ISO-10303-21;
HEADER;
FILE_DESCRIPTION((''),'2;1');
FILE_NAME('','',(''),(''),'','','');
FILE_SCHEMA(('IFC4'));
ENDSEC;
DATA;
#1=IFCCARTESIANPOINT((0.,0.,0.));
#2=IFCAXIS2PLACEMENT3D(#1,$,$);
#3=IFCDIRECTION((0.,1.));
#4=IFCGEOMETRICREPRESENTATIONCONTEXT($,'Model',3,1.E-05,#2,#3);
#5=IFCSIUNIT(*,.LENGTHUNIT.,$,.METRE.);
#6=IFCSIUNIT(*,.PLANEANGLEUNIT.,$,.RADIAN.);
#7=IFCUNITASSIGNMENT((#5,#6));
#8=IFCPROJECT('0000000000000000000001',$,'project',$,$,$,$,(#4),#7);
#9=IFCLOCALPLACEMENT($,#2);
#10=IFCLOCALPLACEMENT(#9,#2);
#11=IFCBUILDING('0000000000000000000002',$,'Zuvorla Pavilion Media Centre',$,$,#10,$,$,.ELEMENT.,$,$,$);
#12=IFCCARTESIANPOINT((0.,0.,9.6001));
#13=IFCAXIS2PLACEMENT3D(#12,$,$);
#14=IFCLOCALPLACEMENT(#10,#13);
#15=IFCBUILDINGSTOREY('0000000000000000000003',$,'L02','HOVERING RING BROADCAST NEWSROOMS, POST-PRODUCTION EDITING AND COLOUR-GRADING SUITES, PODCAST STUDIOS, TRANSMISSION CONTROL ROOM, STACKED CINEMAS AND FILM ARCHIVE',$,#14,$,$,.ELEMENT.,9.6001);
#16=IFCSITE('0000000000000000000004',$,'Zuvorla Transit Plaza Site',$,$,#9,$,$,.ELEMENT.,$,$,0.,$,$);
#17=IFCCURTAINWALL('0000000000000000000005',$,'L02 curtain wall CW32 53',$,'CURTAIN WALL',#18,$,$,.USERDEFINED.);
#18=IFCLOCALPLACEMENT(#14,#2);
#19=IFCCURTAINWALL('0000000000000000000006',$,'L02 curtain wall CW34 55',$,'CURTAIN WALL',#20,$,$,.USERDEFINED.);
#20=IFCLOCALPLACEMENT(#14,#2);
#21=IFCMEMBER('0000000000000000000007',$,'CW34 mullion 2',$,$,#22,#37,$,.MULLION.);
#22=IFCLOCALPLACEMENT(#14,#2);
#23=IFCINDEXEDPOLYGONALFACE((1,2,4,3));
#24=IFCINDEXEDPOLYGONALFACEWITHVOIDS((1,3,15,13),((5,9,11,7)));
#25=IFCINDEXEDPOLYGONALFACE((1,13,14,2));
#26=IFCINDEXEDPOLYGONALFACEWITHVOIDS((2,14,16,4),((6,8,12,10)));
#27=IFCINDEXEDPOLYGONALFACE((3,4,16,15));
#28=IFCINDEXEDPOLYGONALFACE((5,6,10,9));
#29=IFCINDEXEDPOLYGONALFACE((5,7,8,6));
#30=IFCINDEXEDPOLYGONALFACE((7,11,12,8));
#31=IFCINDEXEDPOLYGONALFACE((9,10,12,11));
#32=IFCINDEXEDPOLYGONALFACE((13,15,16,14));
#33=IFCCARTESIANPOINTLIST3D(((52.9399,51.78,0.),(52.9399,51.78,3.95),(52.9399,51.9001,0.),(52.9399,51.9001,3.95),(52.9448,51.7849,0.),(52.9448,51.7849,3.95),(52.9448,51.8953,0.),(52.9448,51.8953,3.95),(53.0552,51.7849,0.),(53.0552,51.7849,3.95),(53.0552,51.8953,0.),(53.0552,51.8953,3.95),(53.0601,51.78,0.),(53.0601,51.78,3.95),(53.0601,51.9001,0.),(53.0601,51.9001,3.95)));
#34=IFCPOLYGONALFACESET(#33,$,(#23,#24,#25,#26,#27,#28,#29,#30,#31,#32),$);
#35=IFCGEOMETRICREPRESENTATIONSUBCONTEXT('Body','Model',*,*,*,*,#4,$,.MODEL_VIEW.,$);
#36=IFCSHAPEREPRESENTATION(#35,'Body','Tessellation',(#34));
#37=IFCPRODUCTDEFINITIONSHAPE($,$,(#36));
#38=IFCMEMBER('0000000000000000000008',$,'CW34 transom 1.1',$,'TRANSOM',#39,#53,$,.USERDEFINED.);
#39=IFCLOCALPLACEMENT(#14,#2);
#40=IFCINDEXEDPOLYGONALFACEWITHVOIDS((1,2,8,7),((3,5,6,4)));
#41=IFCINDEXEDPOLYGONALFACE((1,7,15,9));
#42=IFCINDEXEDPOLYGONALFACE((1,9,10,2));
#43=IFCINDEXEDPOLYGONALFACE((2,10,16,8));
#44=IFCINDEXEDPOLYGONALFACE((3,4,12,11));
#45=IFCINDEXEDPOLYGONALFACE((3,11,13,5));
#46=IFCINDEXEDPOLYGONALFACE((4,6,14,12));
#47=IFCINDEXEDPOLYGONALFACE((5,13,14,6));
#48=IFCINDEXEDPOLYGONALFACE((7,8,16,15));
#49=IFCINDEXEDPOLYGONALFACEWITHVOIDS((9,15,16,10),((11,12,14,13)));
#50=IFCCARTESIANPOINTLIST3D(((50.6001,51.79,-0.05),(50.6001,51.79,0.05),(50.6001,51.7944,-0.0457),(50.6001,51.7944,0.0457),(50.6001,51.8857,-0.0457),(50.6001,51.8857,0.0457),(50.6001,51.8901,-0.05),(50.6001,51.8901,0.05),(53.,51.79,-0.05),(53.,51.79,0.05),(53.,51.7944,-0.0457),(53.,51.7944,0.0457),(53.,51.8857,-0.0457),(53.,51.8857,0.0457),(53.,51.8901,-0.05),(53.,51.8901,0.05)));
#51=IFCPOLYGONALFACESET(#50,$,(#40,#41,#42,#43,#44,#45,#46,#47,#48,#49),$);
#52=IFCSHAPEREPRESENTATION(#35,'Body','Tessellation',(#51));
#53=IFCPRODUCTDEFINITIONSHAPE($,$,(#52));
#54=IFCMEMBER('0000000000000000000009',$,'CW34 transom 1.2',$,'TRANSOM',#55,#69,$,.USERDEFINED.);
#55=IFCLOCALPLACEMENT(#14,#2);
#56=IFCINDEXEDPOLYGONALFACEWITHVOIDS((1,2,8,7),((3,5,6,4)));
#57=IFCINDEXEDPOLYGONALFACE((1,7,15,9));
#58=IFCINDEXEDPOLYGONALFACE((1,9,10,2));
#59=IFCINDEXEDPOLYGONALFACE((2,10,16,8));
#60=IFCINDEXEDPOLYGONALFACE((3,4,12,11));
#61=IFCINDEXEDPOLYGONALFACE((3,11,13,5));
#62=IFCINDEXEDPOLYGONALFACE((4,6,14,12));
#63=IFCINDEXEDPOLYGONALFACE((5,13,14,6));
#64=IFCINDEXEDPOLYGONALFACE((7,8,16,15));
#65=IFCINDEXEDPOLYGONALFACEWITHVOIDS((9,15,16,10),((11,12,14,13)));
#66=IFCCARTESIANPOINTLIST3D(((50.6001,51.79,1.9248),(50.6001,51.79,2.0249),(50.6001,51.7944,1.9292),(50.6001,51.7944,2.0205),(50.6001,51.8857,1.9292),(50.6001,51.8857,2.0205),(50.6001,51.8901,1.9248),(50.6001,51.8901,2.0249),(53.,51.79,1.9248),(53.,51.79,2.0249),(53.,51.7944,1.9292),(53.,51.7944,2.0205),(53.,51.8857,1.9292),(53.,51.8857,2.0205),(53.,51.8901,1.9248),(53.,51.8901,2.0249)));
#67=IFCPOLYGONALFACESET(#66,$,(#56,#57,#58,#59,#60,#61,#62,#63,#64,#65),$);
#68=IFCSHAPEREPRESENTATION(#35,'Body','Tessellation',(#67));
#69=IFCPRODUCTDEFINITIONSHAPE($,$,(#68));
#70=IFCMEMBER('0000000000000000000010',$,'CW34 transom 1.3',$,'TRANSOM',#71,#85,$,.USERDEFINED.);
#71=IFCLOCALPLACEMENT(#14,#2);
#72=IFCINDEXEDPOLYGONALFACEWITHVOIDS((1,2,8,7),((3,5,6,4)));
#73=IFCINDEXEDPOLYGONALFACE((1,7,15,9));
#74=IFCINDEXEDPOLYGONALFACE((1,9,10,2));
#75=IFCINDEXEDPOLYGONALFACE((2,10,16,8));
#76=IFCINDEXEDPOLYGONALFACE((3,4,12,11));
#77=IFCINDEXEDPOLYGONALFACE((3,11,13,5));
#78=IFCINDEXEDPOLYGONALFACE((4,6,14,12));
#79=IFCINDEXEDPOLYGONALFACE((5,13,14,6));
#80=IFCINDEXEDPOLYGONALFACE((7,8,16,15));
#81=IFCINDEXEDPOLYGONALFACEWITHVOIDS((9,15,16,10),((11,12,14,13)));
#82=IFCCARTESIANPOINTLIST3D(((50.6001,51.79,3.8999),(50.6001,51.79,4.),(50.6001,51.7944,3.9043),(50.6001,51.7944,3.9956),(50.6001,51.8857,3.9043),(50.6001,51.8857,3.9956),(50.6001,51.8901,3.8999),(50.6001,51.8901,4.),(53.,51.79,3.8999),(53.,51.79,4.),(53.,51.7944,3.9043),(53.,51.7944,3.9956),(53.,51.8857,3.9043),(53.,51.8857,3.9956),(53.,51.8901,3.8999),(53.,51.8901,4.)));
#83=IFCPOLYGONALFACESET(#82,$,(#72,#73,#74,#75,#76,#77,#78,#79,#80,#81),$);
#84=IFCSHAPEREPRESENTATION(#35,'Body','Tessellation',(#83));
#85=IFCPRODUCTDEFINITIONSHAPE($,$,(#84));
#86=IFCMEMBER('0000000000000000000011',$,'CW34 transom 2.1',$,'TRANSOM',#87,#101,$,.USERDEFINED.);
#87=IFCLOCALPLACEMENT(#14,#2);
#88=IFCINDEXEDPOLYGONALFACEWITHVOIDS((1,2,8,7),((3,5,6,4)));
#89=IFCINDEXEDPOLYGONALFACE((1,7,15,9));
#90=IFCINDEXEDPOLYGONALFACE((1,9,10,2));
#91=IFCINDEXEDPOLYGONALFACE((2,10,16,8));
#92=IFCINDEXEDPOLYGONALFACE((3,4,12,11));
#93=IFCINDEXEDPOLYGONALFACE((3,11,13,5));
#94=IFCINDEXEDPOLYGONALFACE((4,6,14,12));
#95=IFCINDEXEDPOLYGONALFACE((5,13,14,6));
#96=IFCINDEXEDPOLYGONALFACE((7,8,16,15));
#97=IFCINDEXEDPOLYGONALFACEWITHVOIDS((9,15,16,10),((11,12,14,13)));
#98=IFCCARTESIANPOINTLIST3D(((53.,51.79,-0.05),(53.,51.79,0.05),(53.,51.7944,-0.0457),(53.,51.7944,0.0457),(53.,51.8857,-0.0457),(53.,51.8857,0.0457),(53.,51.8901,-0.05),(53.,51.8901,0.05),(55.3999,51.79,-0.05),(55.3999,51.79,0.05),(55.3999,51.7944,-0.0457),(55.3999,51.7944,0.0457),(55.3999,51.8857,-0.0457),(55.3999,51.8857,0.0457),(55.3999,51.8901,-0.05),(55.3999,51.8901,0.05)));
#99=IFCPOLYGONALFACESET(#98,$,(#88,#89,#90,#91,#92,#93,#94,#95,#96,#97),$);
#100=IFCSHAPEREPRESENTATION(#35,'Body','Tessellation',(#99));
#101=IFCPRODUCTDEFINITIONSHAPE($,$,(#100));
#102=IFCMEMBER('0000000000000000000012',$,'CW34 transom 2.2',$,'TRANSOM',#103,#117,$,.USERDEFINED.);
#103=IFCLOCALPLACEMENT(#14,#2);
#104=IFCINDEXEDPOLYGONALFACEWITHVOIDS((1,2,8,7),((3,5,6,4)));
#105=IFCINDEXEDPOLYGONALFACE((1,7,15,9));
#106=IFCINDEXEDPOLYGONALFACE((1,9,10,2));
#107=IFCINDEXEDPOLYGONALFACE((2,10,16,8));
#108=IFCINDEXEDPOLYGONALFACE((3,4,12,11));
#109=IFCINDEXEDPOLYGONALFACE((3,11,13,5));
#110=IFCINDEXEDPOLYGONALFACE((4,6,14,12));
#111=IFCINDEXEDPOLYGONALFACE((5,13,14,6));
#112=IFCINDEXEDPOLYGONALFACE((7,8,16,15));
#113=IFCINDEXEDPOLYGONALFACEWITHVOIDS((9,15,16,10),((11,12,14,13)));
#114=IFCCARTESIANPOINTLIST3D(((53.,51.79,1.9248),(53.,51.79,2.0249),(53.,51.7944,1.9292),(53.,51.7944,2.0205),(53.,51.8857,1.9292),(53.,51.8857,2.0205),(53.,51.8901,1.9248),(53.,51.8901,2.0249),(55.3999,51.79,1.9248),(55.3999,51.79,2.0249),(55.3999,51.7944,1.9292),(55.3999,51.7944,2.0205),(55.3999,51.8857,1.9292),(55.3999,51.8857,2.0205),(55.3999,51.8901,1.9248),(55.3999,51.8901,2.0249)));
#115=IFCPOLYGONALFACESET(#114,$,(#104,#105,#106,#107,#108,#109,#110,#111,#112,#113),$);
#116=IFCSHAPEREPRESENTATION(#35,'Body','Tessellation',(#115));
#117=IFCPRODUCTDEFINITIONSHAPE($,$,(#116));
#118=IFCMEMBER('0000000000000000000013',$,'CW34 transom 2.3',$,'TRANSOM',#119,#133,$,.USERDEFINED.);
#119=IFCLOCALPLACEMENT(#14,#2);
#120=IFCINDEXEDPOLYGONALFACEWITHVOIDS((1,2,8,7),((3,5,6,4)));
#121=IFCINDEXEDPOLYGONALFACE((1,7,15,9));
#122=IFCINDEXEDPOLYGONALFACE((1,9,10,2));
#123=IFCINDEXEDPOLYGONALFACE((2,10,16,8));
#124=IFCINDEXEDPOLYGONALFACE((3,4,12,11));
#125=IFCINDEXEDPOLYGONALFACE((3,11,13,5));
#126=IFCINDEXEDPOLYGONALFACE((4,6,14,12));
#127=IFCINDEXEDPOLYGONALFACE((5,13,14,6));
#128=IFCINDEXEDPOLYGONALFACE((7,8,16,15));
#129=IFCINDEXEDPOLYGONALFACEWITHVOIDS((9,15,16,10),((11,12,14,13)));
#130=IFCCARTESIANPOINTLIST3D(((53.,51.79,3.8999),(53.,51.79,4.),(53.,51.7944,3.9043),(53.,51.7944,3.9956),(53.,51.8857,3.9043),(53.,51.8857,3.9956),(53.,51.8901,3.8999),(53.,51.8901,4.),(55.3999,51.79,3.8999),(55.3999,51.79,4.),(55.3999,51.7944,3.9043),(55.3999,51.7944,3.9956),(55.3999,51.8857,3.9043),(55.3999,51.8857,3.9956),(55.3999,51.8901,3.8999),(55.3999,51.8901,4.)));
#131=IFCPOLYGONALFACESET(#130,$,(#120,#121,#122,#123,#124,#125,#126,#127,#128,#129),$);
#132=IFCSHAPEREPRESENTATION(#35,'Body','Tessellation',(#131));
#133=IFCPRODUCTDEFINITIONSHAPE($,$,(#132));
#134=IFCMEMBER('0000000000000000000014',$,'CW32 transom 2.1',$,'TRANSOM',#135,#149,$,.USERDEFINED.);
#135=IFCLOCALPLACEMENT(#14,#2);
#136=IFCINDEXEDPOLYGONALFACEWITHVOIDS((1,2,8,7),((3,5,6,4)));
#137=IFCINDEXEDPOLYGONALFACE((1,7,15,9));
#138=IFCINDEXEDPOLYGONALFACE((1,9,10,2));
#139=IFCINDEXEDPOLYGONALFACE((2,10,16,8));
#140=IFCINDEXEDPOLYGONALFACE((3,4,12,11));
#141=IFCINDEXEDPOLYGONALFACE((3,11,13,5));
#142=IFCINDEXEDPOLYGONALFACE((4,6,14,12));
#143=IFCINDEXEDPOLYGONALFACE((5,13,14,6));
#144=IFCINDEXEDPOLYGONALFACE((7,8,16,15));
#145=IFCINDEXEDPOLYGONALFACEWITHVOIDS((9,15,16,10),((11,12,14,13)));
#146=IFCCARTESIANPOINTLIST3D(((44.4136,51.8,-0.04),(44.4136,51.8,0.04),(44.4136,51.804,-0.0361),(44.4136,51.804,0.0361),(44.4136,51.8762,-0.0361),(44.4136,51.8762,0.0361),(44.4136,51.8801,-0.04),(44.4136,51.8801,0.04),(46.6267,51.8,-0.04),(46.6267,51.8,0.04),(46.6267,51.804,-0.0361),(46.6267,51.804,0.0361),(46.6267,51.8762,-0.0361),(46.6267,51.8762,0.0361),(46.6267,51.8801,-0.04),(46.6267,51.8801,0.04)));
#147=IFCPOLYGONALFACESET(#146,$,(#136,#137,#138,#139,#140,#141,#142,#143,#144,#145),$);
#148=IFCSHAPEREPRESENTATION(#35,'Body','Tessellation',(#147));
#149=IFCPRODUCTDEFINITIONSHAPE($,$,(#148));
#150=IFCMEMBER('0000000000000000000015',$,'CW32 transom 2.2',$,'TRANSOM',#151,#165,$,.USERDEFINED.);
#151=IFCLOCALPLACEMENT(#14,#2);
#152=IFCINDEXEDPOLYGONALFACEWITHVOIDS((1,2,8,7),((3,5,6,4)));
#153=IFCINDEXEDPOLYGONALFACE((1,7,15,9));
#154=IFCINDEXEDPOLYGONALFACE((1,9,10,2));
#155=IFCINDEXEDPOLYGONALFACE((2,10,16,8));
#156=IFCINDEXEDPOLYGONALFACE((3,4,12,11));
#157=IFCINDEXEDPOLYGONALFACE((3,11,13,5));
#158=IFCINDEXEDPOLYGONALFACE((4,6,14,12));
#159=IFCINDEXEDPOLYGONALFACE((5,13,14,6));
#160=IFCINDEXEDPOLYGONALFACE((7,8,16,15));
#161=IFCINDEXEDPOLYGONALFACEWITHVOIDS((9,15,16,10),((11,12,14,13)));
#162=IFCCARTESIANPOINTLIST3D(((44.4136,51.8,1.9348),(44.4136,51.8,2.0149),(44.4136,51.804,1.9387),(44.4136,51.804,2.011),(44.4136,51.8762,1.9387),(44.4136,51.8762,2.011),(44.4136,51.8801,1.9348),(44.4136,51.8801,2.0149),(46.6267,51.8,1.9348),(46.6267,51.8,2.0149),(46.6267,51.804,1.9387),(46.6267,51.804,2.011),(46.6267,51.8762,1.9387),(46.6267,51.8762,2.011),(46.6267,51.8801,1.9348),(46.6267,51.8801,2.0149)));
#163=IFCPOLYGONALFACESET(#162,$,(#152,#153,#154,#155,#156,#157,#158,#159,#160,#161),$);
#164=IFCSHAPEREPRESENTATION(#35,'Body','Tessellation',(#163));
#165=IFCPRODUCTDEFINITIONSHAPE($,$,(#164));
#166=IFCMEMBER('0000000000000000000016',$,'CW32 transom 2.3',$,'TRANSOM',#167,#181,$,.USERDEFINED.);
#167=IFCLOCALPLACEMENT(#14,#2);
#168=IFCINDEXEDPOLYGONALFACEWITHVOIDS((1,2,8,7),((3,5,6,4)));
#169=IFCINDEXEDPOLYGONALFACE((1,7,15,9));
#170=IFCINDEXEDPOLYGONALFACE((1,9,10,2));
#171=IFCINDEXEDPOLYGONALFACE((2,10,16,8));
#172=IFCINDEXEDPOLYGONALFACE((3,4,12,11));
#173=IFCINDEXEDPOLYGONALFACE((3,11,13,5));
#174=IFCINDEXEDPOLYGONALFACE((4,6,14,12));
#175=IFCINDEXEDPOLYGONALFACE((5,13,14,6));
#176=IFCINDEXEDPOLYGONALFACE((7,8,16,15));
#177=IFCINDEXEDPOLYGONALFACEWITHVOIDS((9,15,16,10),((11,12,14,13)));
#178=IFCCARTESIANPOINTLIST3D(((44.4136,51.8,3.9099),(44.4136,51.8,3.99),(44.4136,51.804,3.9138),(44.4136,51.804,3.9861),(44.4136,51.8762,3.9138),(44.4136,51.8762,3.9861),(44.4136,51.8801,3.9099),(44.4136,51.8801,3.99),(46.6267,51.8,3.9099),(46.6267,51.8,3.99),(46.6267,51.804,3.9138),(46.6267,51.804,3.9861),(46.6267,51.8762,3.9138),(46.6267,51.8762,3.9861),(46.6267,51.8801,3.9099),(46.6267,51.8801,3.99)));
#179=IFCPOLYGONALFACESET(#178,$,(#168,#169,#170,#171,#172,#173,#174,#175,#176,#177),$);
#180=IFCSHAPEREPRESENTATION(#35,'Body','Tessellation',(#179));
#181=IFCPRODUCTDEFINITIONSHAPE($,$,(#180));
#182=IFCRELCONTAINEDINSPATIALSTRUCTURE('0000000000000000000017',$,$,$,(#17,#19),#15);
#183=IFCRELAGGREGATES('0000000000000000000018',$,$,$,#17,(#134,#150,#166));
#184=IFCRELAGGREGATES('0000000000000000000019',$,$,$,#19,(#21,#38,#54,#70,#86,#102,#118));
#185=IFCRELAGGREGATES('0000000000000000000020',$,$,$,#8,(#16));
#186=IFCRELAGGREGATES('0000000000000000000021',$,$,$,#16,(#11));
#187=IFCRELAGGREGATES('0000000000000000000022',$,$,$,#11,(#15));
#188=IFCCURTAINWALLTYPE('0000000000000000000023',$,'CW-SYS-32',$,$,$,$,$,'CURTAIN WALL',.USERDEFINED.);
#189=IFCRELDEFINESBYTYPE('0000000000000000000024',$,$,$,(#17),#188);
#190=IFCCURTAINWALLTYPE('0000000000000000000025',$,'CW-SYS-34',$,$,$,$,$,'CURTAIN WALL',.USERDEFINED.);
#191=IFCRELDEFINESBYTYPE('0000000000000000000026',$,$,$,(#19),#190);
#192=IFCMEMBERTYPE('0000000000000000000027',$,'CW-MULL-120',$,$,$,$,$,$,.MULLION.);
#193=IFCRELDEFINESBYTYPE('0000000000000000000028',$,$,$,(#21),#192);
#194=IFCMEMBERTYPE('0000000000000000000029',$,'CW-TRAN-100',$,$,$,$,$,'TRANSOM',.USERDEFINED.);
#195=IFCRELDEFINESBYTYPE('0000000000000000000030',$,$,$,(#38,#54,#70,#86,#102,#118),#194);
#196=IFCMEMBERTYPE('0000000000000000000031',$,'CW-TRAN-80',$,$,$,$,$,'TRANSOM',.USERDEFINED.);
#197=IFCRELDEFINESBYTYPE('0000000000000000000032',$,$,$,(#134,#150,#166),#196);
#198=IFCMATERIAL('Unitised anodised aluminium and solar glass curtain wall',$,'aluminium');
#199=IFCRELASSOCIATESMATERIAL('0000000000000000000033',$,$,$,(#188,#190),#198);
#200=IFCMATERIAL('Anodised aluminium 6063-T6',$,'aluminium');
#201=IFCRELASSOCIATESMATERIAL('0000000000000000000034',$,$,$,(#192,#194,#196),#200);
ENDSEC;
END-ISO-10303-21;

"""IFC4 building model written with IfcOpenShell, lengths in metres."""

from ifc_helpers import new_model, si_unit, direction, frame, origin, origin_2d, place, context, subcontext, project, spatial, hollow_rectangle, extrude, material, material_profile, profile_set, type_object, element, aggregate, save


model = new_model("IFC4")

# Units and contexts
model_context = context("Model", 3, precision=1e-05, world=origin(), true_north=direction((0.0, 1.0)))
body_context = subcontext(model_context, "Body", "Model", "MODEL_VIEW")
ifc_project = project(units=[si_unit("LENGTHUNIT", "METRE"), si_unit("PLANEANGLEUNIT", "RADIAN")], contexts=[model_context])

# Site, building, storey
site_placement = place(None, origin())
site = spatial("IfcSite", under=ifc_project, at=site_placement, Name="Zuvorla Transit Plaza Site", CompositionType="ELEMENT", RefElevation=0.0)
building_placement = place(site_placement, origin())
building = spatial("IfcBuilding", under=site, at=building_placement, Name="Zuvorla Pavilion Media Centre", CompositionType="ELEMENT")
storey_placement = place(building_placement, frame((0.0, 0.0, 9.6001)))
storey = spatial("IfcBuildingStorey", under=building, at=storey_placement, Name="L02", Description="HOVERING RING BROADCAST NEWSROOMS, POST-PRODUCTION EDITING AND COLOUR-GRADING SUITES, PODCAST STUDIOS, TRANSMISSION CONTROL ROOM, STACKED CINEMAS AND FILM ARCHIVE", CompositionType="ELEMENT", Elevation=9.6001)

# Curtain walls, members
ifc_material_1 = material(Name="Unitised anodised aluminium and solar glass curtain wall", Category="aluminium")
curtain_wall_type_1 = type_object("IfcCurtainWallType", Name="CW-SYS-32", ElementType="CURTAIN WALL", PredefinedType="USERDEFINED", material=ifc_material_1)
curtain_wall_1_placement = place(storey_placement, origin())
curtain_wall_1 = element("IfcCurtainWall", 1, at=curtain_wall_1_placement, inside=storey, type_object=curtain_wall_type_1, Name="L02 curtain wall CW32 53", ObjectType="CURTAIN WALL", PredefinedType="USERDEFINED")
ifc_material_2 = material(Name="Anodised aluminium 6063-T6", Category="aluminium")
curtain_wall_type_2 = type_object("IfcCurtainWallType", Name="CW-SYS-34", ElementType="CURTAIN WALL", PredefinedType="USERDEFINED", material=ifc_material_1)
curtain_wall_2_placement = place(storey_placement, origin())
curtain_wall_2 = element("IfcCurtainWall", 2, at=curtain_wall_2_placement, inside=storey, type_object=curtain_wall_type_2, Name="L02 curtain wall CW34 55", ObjectType="CURTAIN WALL", PredefinedType="USERDEFINED")
ifc_material_profile_1 = material_profile(ifc_material_2, hollow_rectangle(XDim=0.1201, YDim=0.1201, WallThickness=0.0049, at=origin_2d()), Name="ALU MULL 120x120")
ifc_profile_set_1 = profile_set([ifc_material_profile_1], Name="Anodised aluminium 6063-T6")
member_type_1 = type_object("IfcMemberType", Name="CW-MULL-120", PredefinedType="MULLION", material=ifc_profile_set_1)
member_1_placement = place(storey_placement, frame((53.0, 51.8401, 0.0), z_axis=(0.0, 0.0, 1.0), x_axis=(1.0, 0.0, 0.0)))
member_1 = element("IfcMember", 3, at=member_1_placement, type_object=member_type_1, Name="CW34 mullion 2", PredefinedType="MULLION", context=body_context, shape_type="SweptSolid", body=[
    extrude(hollow_rectangle(XDim=0.1201, YDim=0.1201, WallThickness=0.0049, at=origin_2d()), origin(), (0.0, 0.0, 1.0), 3.95),
])
ifc_material_profile_2 = material_profile(ifc_material_2, hollow_rectangle(XDim=0.1001, YDim=0.1001, WallThickness=0.0044, at=origin_2d()), Name="ALU TRAN 100x100")
ifc_profile_set_2 = profile_set([ifc_material_profile_2], Name="Anodised aluminium 6063-T6")
member_type_2 = type_object("IfcMemberType", Name="CW-TRAN-100", ElementType="TRANSOM", PredefinedType="USERDEFINED", material=ifc_profile_set_2)
member_2_placement = place(storey_placement, frame((50.6001, 51.8401, 0.0), z_axis=(1.0, 0.0, 0.0), x_axis=(0.0, 1.0, 0.0)))
member_2 = element("IfcMember", 4, at=member_2_placement, type_object=member_type_2, Name="CW34 transom 1.1", ObjectType="TRANSOM", PredefinedType="USERDEFINED", context=body_context, shape_type="SweptSolid", body=[
    extrude(hollow_rectangle(XDim=0.1001, YDim=0.1001, WallThickness=0.0044, at=origin_2d()), origin(), (0.0, 0.0, 1.0), 2.3999),
])
member_3_placement = place(storey_placement, frame((50.6001, 51.8401, 1.9749), z_axis=(1.0, 0.0, 0.0), x_axis=(0.0, 1.0, 0.0)))
member_3 = element("IfcMember", 5, at=member_3_placement, type_object=member_type_2, Name="CW34 transom 1.2", ObjectType="TRANSOM", PredefinedType="USERDEFINED", context=body_context, shape_type="SweptSolid", body=[
    extrude(hollow_rectangle(XDim=0.1001, YDim=0.1001, WallThickness=0.0044, at=origin_2d()), origin(), (0.0, 0.0, 1.0), 2.3999),
])
member_4_placement = place(storey_placement, frame((50.6001, 51.8401, 3.95), z_axis=(1.0, 0.0, 0.0), x_axis=(0.0, 1.0, 0.0)))
member_4 = element("IfcMember", 6, at=member_4_placement, type_object=member_type_2, Name="CW34 transom 1.3", ObjectType="TRANSOM", PredefinedType="USERDEFINED", context=body_context, shape_type="SweptSolid", body=[
    extrude(hollow_rectangle(XDim=0.1001, YDim=0.1001, WallThickness=0.0044, at=origin_2d()), origin(), (0.0, 0.0, 1.0), 2.3999),
])
member_5_placement = place(storey_placement, frame((53.0, 51.8401, 0.0), z_axis=(1.0, 0.0, 0.0), x_axis=(0.0, 1.0, 0.0)))
member_5 = element("IfcMember", 7, at=member_5_placement, type_object=member_type_2, Name="CW34 transom 2.1", ObjectType="TRANSOM", PredefinedType="USERDEFINED", context=body_context, shape_type="SweptSolid", body=[
    extrude(hollow_rectangle(XDim=0.1001, YDim=0.1001, WallThickness=0.0044, at=origin_2d()), origin(), (0.0, 0.0, 1.0), 2.3999),
])
member_6_placement = place(storey_placement, frame((53.0, 51.8401, 1.9749), z_axis=(1.0, 0.0, 0.0), x_axis=(0.0, 1.0, 0.0)))
member_6 = element("IfcMember", 8, at=member_6_placement, type_object=member_type_2, Name="CW34 transom 2.2", ObjectType="TRANSOM", PredefinedType="USERDEFINED", context=body_context, shape_type="SweptSolid", body=[
    extrude(hollow_rectangle(XDim=0.1001, YDim=0.1001, WallThickness=0.0044, at=origin_2d()), origin(), (0.0, 0.0, 1.0), 2.3999),
])
member_7_placement = place(storey_placement, frame((53.0, 51.8401, 3.95), z_axis=(1.0, 0.0, 0.0), x_axis=(0.0, 1.0, 0.0)))
member_7 = element("IfcMember", 9, at=member_7_placement, type_object=member_type_2, Name="CW34 transom 2.3", ObjectType="TRANSOM", PredefinedType="USERDEFINED", context=body_context, shape_type="SweptSolid", body=[
    extrude(hollow_rectangle(XDim=0.1001, YDim=0.1001, WallThickness=0.0044, at=origin_2d()), origin(), (0.0, 0.0, 1.0), 2.3999),
])

# Members
ifc_material_profile_3 = material_profile(ifc_material_2, hollow_rectangle(XDim=0.0801, YDim=0.0801, WallThickness=0.0039, at=origin_2d()), Name="ALU TRAN 80x80")
ifc_profile_set_3 = profile_set([ifc_material_profile_3], Name="Anodised aluminium 6063-T6")
member_type_3 = type_object("IfcMemberType", Name="CW-TRAN-80", ElementType="TRANSOM", PredefinedType="USERDEFINED", material=ifc_profile_set_3)
member_8_placement = place(storey_placement, frame((44.4136, 51.8401, 0.0), z_axis=(1.0, 0.0, 0.0), x_axis=(0.0, 1.0, 0.0)))
member_8 = element("IfcMember", 10, at=member_8_placement, type_object=member_type_3, Name="CW32 transom 2.1", ObjectType="TRANSOM", PredefinedType="USERDEFINED", context=body_context, shape_type="SweptSolid", body=[
    extrude(hollow_rectangle(XDim=0.0801, YDim=0.0801, WallThickness=0.0039, at=origin_2d()), origin(), (0.0, 0.0, 1.0), 2.2131),
])
member_9_placement = place(storey_placement, frame((44.4136, 51.8401, 1.9749), z_axis=(1.0, 0.0, 0.0), x_axis=(0.0, 1.0, 0.0)))
member_9 = element("IfcMember", 11, at=member_9_placement, type_object=member_type_3, Name="CW32 transom 2.2", ObjectType="TRANSOM", PredefinedType="USERDEFINED", context=body_context, shape_type="SweptSolid", body=[
    extrude(hollow_rectangle(XDim=0.0801, YDim=0.0801, WallThickness=0.0039, at=origin_2d()), origin(), (0.0, 0.0, 1.0), 2.2131),
])
member_10_placement = place(storey_placement, frame((44.4136, 51.8401, 3.95), z_axis=(1.0, 0.0, 0.0), x_axis=(0.0, 1.0, 0.0)))
member_10 = element("IfcMember", 12, at=member_10_placement, type_object=member_type_3, Name="CW32 transom 2.3", ObjectType="TRANSOM", PredefinedType="USERDEFINED", context=body_context, shape_type="SweptSolid", body=[
    extrude(hollow_rectangle(XDim=0.0801, YDim=0.0801, WallThickness=0.0039, at=origin_2d()), origin(), (0.0, 0.0, 1.0), 2.2131),
])

aggregate(curtain_wall_1, [member_8, member_9, member_10])
aggregate(curtain_wall_2, [member_1, member_2, member_3, member_4, member_5, member_6, member_7])

save(model, "model.ifc")
